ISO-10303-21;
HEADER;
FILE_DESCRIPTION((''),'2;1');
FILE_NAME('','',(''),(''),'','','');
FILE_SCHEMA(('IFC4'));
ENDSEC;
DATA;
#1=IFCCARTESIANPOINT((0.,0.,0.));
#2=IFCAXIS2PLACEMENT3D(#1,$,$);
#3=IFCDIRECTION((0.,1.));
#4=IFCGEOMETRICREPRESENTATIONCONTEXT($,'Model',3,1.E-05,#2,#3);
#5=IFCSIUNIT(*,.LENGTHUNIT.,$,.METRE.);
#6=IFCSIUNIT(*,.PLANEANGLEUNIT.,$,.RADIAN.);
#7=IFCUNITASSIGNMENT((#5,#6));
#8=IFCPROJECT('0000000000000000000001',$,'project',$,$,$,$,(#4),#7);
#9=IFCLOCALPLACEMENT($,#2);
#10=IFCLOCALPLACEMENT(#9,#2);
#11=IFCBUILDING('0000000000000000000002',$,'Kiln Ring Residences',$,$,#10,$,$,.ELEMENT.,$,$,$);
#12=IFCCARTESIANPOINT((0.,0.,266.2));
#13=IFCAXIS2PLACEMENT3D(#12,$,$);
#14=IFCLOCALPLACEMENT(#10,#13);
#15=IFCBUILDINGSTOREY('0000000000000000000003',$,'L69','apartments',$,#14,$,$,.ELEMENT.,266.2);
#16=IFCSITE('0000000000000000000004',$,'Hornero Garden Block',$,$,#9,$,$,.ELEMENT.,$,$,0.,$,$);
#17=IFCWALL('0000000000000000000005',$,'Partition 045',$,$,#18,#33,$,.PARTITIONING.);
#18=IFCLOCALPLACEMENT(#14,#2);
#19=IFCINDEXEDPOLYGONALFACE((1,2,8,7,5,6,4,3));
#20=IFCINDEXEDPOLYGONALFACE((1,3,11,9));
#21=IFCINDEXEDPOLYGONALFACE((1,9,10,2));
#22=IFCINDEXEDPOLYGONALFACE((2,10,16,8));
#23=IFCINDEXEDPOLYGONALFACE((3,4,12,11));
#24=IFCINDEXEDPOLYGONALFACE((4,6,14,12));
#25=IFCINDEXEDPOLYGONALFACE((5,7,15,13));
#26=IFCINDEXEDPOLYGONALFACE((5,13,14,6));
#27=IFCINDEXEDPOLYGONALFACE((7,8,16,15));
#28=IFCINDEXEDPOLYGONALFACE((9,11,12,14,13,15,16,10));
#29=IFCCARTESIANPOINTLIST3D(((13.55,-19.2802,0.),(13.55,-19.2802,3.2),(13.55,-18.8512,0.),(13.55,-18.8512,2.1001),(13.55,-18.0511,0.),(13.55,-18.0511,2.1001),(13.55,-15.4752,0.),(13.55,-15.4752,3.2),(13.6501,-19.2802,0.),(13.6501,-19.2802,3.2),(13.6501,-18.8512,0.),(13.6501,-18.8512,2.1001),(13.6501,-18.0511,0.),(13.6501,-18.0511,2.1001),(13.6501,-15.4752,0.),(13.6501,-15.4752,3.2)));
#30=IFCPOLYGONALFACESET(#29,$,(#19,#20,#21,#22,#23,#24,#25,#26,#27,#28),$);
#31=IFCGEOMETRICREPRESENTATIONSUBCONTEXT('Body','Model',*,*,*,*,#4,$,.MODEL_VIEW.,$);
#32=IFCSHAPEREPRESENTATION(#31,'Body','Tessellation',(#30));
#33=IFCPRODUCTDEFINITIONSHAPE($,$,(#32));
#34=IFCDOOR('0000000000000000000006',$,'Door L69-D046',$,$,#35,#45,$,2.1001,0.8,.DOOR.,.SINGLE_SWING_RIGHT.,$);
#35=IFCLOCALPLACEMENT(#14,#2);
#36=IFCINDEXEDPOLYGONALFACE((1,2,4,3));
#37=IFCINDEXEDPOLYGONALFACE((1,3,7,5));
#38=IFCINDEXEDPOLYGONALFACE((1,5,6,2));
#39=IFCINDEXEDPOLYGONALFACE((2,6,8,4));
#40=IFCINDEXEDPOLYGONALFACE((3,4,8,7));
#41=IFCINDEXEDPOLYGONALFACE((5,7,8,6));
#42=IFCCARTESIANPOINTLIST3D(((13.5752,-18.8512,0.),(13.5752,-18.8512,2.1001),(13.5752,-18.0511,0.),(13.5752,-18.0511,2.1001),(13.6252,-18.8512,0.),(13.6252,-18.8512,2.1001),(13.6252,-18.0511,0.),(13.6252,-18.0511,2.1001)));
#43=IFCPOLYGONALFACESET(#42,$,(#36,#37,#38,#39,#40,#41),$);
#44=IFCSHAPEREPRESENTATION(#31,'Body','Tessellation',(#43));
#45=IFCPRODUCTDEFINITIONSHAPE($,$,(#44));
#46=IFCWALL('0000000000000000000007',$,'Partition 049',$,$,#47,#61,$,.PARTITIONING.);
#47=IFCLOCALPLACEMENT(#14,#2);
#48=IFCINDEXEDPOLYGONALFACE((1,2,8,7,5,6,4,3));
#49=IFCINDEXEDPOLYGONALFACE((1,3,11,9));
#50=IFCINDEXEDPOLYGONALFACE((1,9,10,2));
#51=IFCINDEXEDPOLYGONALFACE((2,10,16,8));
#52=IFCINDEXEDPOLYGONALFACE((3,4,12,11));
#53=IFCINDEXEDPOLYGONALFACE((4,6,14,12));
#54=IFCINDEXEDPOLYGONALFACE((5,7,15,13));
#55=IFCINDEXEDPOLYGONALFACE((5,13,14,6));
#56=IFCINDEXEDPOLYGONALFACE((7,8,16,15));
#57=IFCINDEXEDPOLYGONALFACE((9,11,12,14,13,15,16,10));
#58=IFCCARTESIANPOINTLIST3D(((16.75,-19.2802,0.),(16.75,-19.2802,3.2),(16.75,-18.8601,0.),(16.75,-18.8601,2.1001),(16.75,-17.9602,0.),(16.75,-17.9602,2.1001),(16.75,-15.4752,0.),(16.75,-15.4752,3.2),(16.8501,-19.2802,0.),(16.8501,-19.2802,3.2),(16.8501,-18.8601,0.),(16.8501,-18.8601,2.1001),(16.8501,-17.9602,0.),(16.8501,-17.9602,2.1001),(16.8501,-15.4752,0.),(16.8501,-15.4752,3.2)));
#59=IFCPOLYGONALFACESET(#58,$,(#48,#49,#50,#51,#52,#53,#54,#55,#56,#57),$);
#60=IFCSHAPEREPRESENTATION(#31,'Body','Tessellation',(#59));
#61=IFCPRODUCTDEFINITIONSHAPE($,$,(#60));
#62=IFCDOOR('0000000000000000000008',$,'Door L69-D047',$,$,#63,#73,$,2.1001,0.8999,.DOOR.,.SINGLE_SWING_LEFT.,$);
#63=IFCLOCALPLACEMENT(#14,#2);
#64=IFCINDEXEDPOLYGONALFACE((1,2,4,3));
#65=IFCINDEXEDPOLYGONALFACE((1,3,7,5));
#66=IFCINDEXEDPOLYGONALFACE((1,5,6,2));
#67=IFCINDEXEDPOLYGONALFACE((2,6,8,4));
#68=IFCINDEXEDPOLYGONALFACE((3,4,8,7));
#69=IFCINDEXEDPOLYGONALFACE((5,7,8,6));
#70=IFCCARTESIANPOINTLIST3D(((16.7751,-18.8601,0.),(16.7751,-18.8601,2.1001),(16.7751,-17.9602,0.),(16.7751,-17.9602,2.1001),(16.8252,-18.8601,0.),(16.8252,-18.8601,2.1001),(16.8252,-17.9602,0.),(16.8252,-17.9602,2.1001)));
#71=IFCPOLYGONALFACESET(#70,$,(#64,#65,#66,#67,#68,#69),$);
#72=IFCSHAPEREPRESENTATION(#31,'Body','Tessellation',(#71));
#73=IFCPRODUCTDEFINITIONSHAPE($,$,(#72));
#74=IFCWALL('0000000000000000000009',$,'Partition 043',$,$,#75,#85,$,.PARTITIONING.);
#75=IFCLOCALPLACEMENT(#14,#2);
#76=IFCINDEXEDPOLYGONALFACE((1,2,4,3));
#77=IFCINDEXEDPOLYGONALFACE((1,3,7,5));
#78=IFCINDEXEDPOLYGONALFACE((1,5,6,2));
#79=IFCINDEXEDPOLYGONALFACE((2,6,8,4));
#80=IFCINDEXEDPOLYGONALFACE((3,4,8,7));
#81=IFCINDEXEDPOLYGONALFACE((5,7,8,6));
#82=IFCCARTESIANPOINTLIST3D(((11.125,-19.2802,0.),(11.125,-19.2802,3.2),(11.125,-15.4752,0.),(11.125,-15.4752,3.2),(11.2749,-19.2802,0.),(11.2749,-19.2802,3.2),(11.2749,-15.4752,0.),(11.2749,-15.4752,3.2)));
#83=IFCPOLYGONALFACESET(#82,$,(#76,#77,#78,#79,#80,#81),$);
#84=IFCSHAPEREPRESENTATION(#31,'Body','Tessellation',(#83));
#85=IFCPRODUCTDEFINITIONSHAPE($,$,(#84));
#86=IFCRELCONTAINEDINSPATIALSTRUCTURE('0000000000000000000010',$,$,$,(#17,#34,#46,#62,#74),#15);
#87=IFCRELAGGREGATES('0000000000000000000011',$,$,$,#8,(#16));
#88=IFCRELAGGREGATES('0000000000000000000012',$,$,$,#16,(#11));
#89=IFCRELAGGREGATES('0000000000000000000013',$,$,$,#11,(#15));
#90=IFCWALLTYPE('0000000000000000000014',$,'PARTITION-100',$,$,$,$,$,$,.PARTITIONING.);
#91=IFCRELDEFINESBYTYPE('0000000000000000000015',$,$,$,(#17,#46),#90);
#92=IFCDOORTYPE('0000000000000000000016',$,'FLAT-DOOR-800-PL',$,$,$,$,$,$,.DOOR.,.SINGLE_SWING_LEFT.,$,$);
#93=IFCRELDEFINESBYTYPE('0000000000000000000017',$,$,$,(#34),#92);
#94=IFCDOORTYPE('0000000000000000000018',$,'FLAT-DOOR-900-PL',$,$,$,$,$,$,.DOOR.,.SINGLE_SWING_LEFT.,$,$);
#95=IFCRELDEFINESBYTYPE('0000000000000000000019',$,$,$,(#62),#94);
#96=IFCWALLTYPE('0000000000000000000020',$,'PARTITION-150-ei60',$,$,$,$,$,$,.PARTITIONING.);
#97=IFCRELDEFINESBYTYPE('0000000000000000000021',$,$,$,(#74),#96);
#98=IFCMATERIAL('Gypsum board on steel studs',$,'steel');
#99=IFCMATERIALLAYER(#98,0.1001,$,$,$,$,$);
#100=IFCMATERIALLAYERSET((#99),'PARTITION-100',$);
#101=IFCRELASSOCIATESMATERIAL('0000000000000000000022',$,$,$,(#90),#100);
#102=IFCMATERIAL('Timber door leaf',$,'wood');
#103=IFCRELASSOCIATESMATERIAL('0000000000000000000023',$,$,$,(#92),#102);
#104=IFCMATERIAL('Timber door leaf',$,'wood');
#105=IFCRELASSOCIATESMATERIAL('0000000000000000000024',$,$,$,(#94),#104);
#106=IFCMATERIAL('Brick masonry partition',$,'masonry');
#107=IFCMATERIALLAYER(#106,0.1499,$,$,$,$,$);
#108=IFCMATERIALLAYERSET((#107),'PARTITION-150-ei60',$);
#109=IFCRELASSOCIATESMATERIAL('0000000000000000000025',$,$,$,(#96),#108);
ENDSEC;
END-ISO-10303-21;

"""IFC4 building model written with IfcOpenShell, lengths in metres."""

from ifc_helpers import new_model, si_unit, direction, frame, frame_2d, origin, place, context, subcontext, project, spatial, rectangle, extrude, material, layer, layer_set, type_object, element, fill, save


model = new_model("IFC4")

# Units and contexts
model_context = context("Model", 3, precision=1e-05, world=origin(), true_north=direction((0.0, 1.0)))
body_context = subcontext(model_context, "Body", "Model", "MODEL_VIEW")
ifc_project = project(units=[si_unit("LENGTHUNIT", "METRE"), si_unit("PLANEANGLEUNIT", "RADIAN")], contexts=[model_context])

# Site, building, storey
site_placement = place(None, origin())
site = spatial("IfcSite", under=ifc_project, at=site_placement, Name="Hornero Garden Block", CompositionType="ELEMENT", RefElevation=0.0)
building_placement = place(site_placement, origin())
building = spatial("IfcBuilding", under=site, at=building_placement, Name="Kiln Ring Residences", CompositionType="ELEMENT")
storey_placement = place(building_placement, frame((0.0, 0.0, 266.2)))
storey = spatial("IfcBuildingStorey", under=building, at=storey_placement, Name="L69", Description="apartments", CompositionType="ELEMENT", Elevation=266.2)

# Walls, openings, doors
ifc_material_1 = material(Name="Gypsum board on steel studs", Category="steel")
ifc_layer_1 = layer(ifc_material_1, 0.1001)
ifc_layer_set_1 = layer_set([ifc_layer_1], Name="PARTITION-100")
wall_type_1 = type_object("IfcWallType", Name="PARTITION-100", PredefinedType="PARTITIONING", material=ifc_layer_set_1)
ifc_material_2 = material(Name="Timber door leaf", Category="wood")
door_type_1 = type_object("IfcDoorType", Name="FLAT-DOOR-800-PL", OperationType="SINGLE_SWING_LEFT", PredefinedType="DOOR", material=ifc_material_2)
wall_1_placement = place(storey_placement, frame((13.6001, -19.28, 0.0), z_axis=(0.0, 0.0, 1.0), x_axis=(0.0, 1.0, 0.0)))
wall_1 = element("IfcWall", 1, at=wall_1_placement, inside=storey, type_object=wall_type_1, Name="Partition 045", PredefinedType="PARTITIONING", context=body_context, shape_type="SweptSolid", body=[
    extrude(rectangle(XDim=3.8049, YDim=0.1001, at=frame_2d((1.9023, 0.0))), origin(), (0.0, 0.0, 1.0), 3.2),
])
opening_1_placement = place(wall_1_placement, frame((0.429, 0.0, 0.0)))
opening_1 = element("IfcOpeningElement", 2, at=opening_1_placement, cuts=wall_1, PredefinedType="OPENING", context=body_context, shape_type="SweptSolid", body=[
    extrude(rectangle(XDim=0.8, YDim=2.1001, at=frame_2d((0.3999, 1.05))), frame((0.0, 0.0601, 0.0), z_axis=(0.0, -1.0, 0.0), x_axis=(1.0, 0.0, 0.0)), (0.0, 0.0, 1.0), 0.1201),
])
door_1_placement = place(opening_1_placement, origin())
door_1 = element("IfcDoor", 3, at=door_1_placement, inside=storey, type_object=door_type_1, Name="Door L69-D046", OperationType="SINGLE_SWING_RIGHT", OverallHeight=2.1001, OverallWidth=0.8, PredefinedType="DOOR", context=body_context, shape_type="SweptSolid", body=[
    extrude(rectangle(XDim=0.8, YDim=2.1001, at=frame_2d((0.3999, 1.05))), frame((0.0, 0.0249, 0.0), z_axis=(0.0, -1.0, 0.0), x_axis=(1.0, 0.0, 0.0)), (0.0, 0.0, 1.0), 0.05),
])
fill(opening_1, door_1)
wall_2_placement = place(storey_placement, frame((16.8, -19.28, 0.0), z_axis=(0.0, 0.0, 1.0), x_axis=(0.0, 1.0, 0.0)))
wall_2 = element("IfcWall", 4, at=wall_2_placement, inside=storey, type_object=wall_type_1, Name="Partition 049", PredefinedType="PARTITIONING", context=body_context, shape_type="SweptSolid", body=[
    extrude(rectangle(XDim=3.8049, YDim=0.1001, at=frame_2d((1.9023, 0.0))), origin(), (0.0, 0.0, 1.0), 3.2),
])
opening_2_placement = place(wall_2_placement, frame((0.4199, 0.0, 0.0)))
opening_2 = element("IfcOpeningElement", 5, at=opening_2_placement, cuts=wall_2, PredefinedType="OPENING", context=body_context, shape_type="SweptSolid", body=[
    extrude(rectangle(XDim=0.8999, YDim=2.1001, at=frame_2d((0.45, 1.05))), frame((0.0, 0.0601, 0.0), z_axis=(0.0, -1.0, 0.0), x_axis=(1.0, 0.0, 0.0)), (0.0, 0.0, 1.0), 0.1201),
])
ifc_material_3 = material(Name="Timber door leaf", Category="wood")
door_type_2 = type_object("IfcDoorType", Name="FLAT-DOOR-900-PL", OperationType="SINGLE_SWING_LEFT", PredefinedType="DOOR", material=ifc_material_3)
door_2_placement = place(opening_2_placement, origin())
door_2 = element("IfcDoor", 6, at=door_2_placement, inside=storey, type_object=door_type_2, Name="Door L69-D047", OperationType="SINGLE_SWING_LEFT", OverallHeight=2.1001, OverallWidth=0.8999, PredefinedType="DOOR", context=body_context, shape_type="SweptSolid", body=[
    extrude(rectangle(XDim=0.8999, YDim=2.1001, at=frame_2d((0.45, 1.05))), frame((0.0, 0.0249, 0.0), z_axis=(0.0, -1.0, 0.0), x_axis=(1.0, 0.0, 0.0)), (0.0, 0.0, 1.0), 0.05),
])
fill(opening_2, door_2)

# Wall
ifc_material_4 = material(Name="Brick masonry partition", Category="masonry")
ifc_layer_2 = layer(ifc_material_4, 0.1499)
ifc_layer_set_2 = layer_set([ifc_layer_2], Name="PARTITION-150-ei60")
wall_type_2 = type_object("IfcWallType", Name="PARTITION-150-ei60", PredefinedType="PARTITIONING", material=ifc_layer_set_2)
wall_3_placement = place(storey_placement, frame((11.2, -19.28, 0.0), z_axis=(0.0, 0.0, 1.0), x_axis=(0.0, 1.0, 0.0)))
element("IfcWall", 7, at=wall_3_placement, inside=storey, type_object=wall_type_2, Name="Partition 043", PredefinedType="PARTITIONING", context=body_context, shape_type="SweptSolid", body=[
    extrude(rectangle(XDim=3.8049, YDim=0.1499, at=frame_2d((1.9023, 0.0))), origin(), (0.0, 0.0, 1.0), 3.2),
])

save(model, "model.ifc")
